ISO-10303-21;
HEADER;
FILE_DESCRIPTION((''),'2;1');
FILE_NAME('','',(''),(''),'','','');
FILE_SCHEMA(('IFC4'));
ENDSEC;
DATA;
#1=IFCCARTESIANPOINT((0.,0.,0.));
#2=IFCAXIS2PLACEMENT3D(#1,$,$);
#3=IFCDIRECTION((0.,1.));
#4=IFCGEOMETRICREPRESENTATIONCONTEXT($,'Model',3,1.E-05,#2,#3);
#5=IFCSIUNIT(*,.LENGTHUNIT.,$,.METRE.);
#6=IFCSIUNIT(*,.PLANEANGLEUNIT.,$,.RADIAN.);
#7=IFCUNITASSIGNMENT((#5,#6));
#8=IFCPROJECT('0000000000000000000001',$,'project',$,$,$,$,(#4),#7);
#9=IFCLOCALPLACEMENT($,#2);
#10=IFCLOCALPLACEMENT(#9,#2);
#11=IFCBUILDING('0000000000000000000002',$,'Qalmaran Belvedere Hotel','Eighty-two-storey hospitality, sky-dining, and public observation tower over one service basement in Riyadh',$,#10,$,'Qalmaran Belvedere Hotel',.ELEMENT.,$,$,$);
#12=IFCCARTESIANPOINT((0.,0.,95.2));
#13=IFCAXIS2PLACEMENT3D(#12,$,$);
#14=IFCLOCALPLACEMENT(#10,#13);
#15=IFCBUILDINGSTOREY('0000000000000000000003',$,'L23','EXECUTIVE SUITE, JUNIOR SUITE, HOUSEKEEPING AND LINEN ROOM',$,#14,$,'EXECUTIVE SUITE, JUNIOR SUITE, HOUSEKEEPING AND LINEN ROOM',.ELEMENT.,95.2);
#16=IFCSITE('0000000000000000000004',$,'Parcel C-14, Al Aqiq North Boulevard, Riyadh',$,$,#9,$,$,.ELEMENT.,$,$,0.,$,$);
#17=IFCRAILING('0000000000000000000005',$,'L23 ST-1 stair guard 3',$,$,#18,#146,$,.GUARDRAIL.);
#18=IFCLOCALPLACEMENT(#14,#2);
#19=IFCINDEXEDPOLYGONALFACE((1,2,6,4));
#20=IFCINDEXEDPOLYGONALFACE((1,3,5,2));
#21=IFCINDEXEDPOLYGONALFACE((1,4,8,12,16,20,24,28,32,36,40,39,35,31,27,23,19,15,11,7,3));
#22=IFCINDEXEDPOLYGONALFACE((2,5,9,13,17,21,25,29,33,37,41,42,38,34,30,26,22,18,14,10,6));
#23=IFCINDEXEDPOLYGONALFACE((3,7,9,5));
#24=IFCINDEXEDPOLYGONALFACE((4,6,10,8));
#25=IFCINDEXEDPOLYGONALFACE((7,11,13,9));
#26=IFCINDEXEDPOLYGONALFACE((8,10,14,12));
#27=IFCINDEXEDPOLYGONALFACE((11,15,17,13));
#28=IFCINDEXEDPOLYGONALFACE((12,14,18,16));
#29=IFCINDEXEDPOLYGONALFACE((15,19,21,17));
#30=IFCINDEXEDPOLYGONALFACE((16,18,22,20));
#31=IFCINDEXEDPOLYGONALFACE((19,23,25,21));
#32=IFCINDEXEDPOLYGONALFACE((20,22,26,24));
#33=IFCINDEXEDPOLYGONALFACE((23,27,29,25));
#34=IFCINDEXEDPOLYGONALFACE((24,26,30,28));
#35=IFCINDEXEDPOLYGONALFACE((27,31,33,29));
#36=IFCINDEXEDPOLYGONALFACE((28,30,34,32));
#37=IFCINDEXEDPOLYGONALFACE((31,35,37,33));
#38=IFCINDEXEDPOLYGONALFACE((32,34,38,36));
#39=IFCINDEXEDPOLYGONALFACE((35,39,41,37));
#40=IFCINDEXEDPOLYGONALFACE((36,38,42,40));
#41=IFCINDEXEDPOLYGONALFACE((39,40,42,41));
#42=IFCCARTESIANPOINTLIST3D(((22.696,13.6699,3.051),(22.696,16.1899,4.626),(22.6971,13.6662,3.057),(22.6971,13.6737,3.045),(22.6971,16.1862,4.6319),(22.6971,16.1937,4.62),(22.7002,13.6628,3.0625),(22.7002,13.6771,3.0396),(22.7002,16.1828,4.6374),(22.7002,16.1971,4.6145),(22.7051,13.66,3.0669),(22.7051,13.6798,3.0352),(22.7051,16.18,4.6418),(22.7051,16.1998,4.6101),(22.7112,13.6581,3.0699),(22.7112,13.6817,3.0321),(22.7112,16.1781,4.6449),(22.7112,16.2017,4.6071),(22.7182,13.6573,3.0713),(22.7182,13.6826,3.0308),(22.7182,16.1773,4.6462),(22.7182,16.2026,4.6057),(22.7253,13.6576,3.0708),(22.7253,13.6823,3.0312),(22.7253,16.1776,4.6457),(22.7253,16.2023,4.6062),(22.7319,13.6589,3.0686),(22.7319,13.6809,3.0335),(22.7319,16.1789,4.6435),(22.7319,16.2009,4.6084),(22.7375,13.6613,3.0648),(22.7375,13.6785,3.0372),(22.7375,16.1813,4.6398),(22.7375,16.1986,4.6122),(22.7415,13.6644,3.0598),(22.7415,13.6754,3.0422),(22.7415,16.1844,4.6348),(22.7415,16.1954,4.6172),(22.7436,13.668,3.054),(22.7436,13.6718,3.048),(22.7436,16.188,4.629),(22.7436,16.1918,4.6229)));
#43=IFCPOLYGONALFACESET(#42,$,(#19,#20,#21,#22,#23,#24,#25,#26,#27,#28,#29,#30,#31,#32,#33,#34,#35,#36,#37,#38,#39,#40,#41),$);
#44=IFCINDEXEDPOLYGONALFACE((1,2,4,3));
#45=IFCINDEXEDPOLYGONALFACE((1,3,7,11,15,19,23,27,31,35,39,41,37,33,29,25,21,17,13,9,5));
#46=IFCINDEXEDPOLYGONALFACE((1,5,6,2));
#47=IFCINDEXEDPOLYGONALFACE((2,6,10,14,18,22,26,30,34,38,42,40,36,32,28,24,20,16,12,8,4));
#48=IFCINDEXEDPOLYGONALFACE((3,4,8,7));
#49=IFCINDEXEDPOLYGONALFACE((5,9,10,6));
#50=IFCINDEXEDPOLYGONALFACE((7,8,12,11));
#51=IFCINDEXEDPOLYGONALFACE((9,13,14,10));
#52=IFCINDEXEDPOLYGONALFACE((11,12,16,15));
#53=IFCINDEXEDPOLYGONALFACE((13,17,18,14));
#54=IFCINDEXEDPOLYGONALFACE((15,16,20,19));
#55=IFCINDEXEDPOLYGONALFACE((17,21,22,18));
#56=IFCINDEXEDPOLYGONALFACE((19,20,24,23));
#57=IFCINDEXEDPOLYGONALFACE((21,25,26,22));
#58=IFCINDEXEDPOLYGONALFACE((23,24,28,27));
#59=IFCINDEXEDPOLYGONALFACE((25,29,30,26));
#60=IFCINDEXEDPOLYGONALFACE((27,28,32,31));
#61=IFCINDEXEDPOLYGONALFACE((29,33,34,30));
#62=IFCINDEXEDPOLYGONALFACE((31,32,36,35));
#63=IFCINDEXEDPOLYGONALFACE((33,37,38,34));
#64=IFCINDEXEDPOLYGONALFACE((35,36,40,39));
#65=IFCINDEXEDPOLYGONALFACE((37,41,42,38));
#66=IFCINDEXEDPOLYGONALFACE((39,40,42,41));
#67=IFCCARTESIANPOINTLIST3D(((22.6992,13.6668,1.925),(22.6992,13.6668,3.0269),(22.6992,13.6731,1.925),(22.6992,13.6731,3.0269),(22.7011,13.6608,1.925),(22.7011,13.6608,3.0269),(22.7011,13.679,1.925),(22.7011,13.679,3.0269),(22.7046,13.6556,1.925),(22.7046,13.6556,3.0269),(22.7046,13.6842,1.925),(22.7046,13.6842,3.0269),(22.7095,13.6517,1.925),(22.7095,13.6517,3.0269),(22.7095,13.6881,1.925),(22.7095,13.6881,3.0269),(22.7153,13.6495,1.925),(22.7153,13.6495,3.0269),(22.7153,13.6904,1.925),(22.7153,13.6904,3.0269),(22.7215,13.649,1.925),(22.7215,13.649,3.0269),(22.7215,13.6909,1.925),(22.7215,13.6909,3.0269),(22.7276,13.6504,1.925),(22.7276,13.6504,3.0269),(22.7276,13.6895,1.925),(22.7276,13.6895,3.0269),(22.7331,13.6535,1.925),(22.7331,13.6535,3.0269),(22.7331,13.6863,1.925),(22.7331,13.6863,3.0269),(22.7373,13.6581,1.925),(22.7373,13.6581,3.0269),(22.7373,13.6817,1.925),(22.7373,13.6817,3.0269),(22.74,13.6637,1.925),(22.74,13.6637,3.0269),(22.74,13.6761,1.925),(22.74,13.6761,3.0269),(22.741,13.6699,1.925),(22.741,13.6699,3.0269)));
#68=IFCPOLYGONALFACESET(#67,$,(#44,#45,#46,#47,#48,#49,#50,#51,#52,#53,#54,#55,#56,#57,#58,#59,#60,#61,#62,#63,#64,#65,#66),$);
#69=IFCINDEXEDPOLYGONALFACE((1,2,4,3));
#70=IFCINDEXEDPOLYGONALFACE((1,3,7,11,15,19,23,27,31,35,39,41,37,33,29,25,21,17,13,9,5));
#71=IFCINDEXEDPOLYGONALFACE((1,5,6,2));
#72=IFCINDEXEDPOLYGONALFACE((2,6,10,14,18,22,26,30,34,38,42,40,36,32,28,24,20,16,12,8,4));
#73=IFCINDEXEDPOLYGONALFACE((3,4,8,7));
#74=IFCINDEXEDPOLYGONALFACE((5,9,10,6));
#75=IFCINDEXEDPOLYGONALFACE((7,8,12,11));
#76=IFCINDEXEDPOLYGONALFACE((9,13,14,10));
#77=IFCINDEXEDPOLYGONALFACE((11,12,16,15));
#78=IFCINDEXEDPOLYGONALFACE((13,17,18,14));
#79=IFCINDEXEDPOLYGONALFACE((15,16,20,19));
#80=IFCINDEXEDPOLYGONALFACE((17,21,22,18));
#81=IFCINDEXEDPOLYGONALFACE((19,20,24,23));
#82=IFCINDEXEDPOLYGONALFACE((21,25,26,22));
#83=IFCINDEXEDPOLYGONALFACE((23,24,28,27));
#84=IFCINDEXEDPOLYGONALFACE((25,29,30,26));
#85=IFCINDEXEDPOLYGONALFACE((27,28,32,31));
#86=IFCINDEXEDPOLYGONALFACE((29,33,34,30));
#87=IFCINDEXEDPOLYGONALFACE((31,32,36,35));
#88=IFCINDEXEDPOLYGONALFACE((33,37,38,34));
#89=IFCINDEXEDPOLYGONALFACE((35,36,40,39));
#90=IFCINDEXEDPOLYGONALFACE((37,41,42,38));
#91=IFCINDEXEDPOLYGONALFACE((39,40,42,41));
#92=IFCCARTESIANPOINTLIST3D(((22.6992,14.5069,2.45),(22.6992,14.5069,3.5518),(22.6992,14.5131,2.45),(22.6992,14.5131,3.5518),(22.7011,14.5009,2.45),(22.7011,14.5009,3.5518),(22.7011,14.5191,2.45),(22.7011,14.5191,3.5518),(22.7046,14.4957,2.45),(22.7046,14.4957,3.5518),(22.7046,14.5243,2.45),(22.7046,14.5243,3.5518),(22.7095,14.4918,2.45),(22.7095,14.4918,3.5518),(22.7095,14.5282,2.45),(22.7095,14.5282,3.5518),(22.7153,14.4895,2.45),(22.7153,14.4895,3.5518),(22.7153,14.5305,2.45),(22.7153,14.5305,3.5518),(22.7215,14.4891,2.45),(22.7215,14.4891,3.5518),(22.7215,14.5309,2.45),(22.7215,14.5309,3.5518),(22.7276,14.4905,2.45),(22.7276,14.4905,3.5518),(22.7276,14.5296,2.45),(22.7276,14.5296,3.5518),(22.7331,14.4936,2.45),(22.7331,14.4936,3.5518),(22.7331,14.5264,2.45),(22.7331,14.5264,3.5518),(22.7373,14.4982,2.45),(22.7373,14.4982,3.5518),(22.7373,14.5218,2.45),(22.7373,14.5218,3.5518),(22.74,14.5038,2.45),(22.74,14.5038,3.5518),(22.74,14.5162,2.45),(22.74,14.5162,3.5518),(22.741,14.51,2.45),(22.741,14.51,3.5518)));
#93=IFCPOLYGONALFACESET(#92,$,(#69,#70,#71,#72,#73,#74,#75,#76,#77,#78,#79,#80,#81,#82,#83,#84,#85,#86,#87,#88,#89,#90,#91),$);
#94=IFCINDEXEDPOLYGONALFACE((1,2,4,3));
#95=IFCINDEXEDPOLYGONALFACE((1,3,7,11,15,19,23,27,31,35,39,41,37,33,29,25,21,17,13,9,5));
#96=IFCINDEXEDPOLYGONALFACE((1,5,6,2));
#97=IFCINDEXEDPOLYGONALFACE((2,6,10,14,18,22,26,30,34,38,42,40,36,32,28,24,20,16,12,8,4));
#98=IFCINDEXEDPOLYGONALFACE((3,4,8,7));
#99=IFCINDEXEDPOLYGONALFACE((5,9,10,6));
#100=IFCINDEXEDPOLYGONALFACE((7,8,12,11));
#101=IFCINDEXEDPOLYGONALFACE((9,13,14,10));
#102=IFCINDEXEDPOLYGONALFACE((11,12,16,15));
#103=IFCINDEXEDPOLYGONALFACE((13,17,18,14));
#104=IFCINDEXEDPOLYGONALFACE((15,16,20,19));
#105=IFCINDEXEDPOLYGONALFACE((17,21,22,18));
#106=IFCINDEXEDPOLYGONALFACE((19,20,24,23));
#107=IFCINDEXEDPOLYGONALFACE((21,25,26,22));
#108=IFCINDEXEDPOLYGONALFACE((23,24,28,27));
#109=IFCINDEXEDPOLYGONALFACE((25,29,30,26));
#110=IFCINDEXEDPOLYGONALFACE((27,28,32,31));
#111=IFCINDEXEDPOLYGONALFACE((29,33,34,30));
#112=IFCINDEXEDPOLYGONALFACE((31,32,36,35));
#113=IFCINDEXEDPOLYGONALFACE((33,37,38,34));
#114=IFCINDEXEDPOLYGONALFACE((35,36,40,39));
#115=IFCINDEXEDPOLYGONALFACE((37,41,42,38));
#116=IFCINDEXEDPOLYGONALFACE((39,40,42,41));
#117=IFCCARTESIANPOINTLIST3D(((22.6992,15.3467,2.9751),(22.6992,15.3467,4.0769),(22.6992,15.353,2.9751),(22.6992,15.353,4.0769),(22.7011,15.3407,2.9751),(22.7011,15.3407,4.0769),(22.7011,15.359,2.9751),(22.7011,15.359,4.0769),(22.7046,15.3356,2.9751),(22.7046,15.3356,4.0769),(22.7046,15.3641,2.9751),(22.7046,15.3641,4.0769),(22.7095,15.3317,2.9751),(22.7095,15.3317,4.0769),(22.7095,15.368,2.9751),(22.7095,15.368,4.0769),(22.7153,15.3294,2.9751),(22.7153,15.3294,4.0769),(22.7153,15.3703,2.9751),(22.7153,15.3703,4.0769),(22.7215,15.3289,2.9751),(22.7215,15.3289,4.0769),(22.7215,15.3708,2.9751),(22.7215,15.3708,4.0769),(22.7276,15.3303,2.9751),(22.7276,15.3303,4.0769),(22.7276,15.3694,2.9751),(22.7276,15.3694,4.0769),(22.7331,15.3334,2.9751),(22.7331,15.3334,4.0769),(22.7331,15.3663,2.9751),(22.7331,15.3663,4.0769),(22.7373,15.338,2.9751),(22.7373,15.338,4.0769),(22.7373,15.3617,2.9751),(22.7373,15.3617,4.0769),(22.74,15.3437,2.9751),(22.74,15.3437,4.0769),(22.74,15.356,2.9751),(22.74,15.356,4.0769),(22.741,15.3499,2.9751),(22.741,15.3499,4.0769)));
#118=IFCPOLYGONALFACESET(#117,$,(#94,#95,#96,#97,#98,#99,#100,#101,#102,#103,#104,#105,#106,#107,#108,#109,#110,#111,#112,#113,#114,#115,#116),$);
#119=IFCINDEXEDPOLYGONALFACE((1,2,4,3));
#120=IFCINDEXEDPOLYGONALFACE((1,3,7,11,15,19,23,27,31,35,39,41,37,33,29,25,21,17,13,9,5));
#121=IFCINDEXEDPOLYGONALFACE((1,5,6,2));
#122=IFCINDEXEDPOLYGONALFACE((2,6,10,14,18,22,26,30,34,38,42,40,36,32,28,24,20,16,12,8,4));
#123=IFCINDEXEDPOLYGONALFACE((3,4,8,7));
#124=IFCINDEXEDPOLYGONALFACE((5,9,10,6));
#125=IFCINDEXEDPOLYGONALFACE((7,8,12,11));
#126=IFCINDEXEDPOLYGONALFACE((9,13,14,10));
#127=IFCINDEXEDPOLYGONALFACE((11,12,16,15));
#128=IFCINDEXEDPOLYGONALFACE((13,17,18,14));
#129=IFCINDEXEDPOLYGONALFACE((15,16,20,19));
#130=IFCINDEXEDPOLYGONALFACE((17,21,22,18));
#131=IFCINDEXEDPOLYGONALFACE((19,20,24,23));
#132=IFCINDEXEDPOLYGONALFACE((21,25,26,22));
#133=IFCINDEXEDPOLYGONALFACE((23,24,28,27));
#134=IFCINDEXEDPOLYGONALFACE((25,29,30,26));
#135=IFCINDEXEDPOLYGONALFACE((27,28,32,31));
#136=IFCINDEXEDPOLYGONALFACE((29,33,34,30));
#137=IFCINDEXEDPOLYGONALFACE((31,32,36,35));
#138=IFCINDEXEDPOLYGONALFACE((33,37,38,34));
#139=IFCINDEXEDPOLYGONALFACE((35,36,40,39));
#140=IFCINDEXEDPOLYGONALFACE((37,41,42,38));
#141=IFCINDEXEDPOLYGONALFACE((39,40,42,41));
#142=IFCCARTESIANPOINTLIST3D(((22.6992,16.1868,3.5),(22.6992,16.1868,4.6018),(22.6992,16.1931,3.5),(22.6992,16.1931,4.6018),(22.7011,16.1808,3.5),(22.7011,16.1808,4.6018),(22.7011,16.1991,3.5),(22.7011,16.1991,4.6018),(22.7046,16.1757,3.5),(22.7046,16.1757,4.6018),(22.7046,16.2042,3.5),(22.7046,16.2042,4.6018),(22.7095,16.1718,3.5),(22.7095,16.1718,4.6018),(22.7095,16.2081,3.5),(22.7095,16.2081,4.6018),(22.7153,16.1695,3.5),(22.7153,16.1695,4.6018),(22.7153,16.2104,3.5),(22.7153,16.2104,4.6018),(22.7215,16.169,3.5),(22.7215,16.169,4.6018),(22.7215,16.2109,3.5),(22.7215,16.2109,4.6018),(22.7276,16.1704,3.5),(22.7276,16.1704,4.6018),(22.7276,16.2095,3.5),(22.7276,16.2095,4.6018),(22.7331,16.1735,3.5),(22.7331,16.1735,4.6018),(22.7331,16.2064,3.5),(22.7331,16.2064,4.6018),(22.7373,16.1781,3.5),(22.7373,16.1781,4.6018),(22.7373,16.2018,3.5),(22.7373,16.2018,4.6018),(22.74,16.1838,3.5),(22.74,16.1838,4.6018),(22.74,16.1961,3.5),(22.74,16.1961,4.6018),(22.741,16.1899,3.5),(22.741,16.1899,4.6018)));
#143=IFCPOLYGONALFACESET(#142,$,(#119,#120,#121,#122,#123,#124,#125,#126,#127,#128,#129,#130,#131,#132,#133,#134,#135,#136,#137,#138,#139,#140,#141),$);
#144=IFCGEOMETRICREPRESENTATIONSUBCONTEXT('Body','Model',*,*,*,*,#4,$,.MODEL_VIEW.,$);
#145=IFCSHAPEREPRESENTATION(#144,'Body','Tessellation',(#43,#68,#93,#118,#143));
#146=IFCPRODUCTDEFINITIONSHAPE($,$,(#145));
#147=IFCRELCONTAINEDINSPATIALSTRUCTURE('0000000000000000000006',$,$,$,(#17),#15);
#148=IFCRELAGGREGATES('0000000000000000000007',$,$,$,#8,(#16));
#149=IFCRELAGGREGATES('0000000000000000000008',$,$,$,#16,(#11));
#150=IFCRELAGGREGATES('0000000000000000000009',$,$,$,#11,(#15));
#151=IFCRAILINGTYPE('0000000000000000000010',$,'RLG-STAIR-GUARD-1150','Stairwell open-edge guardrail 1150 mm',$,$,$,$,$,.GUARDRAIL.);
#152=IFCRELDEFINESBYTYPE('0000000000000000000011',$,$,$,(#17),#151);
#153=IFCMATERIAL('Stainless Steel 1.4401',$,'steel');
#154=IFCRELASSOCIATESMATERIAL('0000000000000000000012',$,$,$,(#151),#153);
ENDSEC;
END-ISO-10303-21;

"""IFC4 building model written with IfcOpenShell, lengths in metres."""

from ifc_helpers import new_model, si_unit, direction, frame, origin, origin_2d, place, context, subcontext, project, spatial, circle, extrude, material, type_object, element, save


model = new_model("IFC4")

# Units and contexts
model_context = context("Model", 3, precision=1e-05, world=origin(), true_north=direction((0.0, 1.0)))
body_context = subcontext(model_context, "Body", "Model", "MODEL_VIEW")
ifc_project = project(units=[si_unit("LENGTHUNIT", "METRE"), si_unit("PLANEANGLEUNIT", "RADIAN")], contexts=[model_context])

# Site, building, storey
site_placement = place(None, origin())
site = spatial("IfcSite", under=ifc_project, at=site_placement, Name="Parcel C-14, Al Aqiq North Boulevard, Riyadh", CompositionType="ELEMENT", RefElevation=0.0)
building_placement = place(site_placement, origin())
building = spatial("IfcBuilding", under=site, at=building_placement, Name="Qalmaran Belvedere Hotel", Description="Eighty-two-storey hospitality, sky-dining, and public observation tower over one service basement in Riyadh", LongName="Qalmaran Belvedere Hotel", CompositionType="ELEMENT")
storey_placement = place(building_placement, frame((0.0, 0.0, 95.2)))
storey = spatial("IfcBuildingStorey", under=building, at=storey_placement, Name="L23", Description="EXECUTIVE SUITE, JUNIOR SUITE, HOUSEKEEPING AND LINEN ROOM", LongName="EXECUTIVE SUITE, JUNIOR SUITE, HOUSEKEEPING AND LINEN ROOM", CompositionType="ELEMENT", Elevation=95.2)

# Railing
ifc_material_1 = material(Name="Stainless Steel 1.4401", Category="steel")
railing_type_1 = type_object("IfcRailingType", Name="RLG-STAIR-GUARD-1150", Description="Stairwell open-edge guardrail 1150 mm", PredefinedType="GUARDRAIL", material=ifc_material_1)
railing_1_placement = place(storey_placement, frame((22.72, 13.6699, 1.925)))
element("IfcRailing", 1, at=railing_1_placement, inside=storey, type_object=railing_type_1, Name="L23 ST-1 stair guard 3", PredefinedType="GUARDRAIL", context=body_context, shape_type="SweptSolid", body=[
    extrude(circle(Radius=0.0239, at=origin_2d()), frame((0.0, 0.0, 1.126), z_axis=(0.0, 0.848008, 0.529984), x_axis=(-1.0, 0.0, 0.0)), (0.0, 0.0, 1.0), 2.9717),
    extrude(circle(Radius=0.021, at=origin_2d()), origin(), (0.0, 0.0, 1.0), 1.1018),
    extrude(circle(Radius=0.021, at=origin_2d()), frame((0.0, 0.8401, 0.5249)), (0.0, 0.0, 1.0), 1.1018),
    extrude(circle(Radius=0.021, at=origin_2d()), frame((0.0, 1.6799, 1.05)), (0.0, 0.0, 1.0), 1.1018),
    extrude(circle(Radius=0.021, at=origin_2d()), frame((0.0, 2.52, 1.575)), (0.0, 0.0, 1.0), 1.1018),
])

save(model, "model.ifc")
